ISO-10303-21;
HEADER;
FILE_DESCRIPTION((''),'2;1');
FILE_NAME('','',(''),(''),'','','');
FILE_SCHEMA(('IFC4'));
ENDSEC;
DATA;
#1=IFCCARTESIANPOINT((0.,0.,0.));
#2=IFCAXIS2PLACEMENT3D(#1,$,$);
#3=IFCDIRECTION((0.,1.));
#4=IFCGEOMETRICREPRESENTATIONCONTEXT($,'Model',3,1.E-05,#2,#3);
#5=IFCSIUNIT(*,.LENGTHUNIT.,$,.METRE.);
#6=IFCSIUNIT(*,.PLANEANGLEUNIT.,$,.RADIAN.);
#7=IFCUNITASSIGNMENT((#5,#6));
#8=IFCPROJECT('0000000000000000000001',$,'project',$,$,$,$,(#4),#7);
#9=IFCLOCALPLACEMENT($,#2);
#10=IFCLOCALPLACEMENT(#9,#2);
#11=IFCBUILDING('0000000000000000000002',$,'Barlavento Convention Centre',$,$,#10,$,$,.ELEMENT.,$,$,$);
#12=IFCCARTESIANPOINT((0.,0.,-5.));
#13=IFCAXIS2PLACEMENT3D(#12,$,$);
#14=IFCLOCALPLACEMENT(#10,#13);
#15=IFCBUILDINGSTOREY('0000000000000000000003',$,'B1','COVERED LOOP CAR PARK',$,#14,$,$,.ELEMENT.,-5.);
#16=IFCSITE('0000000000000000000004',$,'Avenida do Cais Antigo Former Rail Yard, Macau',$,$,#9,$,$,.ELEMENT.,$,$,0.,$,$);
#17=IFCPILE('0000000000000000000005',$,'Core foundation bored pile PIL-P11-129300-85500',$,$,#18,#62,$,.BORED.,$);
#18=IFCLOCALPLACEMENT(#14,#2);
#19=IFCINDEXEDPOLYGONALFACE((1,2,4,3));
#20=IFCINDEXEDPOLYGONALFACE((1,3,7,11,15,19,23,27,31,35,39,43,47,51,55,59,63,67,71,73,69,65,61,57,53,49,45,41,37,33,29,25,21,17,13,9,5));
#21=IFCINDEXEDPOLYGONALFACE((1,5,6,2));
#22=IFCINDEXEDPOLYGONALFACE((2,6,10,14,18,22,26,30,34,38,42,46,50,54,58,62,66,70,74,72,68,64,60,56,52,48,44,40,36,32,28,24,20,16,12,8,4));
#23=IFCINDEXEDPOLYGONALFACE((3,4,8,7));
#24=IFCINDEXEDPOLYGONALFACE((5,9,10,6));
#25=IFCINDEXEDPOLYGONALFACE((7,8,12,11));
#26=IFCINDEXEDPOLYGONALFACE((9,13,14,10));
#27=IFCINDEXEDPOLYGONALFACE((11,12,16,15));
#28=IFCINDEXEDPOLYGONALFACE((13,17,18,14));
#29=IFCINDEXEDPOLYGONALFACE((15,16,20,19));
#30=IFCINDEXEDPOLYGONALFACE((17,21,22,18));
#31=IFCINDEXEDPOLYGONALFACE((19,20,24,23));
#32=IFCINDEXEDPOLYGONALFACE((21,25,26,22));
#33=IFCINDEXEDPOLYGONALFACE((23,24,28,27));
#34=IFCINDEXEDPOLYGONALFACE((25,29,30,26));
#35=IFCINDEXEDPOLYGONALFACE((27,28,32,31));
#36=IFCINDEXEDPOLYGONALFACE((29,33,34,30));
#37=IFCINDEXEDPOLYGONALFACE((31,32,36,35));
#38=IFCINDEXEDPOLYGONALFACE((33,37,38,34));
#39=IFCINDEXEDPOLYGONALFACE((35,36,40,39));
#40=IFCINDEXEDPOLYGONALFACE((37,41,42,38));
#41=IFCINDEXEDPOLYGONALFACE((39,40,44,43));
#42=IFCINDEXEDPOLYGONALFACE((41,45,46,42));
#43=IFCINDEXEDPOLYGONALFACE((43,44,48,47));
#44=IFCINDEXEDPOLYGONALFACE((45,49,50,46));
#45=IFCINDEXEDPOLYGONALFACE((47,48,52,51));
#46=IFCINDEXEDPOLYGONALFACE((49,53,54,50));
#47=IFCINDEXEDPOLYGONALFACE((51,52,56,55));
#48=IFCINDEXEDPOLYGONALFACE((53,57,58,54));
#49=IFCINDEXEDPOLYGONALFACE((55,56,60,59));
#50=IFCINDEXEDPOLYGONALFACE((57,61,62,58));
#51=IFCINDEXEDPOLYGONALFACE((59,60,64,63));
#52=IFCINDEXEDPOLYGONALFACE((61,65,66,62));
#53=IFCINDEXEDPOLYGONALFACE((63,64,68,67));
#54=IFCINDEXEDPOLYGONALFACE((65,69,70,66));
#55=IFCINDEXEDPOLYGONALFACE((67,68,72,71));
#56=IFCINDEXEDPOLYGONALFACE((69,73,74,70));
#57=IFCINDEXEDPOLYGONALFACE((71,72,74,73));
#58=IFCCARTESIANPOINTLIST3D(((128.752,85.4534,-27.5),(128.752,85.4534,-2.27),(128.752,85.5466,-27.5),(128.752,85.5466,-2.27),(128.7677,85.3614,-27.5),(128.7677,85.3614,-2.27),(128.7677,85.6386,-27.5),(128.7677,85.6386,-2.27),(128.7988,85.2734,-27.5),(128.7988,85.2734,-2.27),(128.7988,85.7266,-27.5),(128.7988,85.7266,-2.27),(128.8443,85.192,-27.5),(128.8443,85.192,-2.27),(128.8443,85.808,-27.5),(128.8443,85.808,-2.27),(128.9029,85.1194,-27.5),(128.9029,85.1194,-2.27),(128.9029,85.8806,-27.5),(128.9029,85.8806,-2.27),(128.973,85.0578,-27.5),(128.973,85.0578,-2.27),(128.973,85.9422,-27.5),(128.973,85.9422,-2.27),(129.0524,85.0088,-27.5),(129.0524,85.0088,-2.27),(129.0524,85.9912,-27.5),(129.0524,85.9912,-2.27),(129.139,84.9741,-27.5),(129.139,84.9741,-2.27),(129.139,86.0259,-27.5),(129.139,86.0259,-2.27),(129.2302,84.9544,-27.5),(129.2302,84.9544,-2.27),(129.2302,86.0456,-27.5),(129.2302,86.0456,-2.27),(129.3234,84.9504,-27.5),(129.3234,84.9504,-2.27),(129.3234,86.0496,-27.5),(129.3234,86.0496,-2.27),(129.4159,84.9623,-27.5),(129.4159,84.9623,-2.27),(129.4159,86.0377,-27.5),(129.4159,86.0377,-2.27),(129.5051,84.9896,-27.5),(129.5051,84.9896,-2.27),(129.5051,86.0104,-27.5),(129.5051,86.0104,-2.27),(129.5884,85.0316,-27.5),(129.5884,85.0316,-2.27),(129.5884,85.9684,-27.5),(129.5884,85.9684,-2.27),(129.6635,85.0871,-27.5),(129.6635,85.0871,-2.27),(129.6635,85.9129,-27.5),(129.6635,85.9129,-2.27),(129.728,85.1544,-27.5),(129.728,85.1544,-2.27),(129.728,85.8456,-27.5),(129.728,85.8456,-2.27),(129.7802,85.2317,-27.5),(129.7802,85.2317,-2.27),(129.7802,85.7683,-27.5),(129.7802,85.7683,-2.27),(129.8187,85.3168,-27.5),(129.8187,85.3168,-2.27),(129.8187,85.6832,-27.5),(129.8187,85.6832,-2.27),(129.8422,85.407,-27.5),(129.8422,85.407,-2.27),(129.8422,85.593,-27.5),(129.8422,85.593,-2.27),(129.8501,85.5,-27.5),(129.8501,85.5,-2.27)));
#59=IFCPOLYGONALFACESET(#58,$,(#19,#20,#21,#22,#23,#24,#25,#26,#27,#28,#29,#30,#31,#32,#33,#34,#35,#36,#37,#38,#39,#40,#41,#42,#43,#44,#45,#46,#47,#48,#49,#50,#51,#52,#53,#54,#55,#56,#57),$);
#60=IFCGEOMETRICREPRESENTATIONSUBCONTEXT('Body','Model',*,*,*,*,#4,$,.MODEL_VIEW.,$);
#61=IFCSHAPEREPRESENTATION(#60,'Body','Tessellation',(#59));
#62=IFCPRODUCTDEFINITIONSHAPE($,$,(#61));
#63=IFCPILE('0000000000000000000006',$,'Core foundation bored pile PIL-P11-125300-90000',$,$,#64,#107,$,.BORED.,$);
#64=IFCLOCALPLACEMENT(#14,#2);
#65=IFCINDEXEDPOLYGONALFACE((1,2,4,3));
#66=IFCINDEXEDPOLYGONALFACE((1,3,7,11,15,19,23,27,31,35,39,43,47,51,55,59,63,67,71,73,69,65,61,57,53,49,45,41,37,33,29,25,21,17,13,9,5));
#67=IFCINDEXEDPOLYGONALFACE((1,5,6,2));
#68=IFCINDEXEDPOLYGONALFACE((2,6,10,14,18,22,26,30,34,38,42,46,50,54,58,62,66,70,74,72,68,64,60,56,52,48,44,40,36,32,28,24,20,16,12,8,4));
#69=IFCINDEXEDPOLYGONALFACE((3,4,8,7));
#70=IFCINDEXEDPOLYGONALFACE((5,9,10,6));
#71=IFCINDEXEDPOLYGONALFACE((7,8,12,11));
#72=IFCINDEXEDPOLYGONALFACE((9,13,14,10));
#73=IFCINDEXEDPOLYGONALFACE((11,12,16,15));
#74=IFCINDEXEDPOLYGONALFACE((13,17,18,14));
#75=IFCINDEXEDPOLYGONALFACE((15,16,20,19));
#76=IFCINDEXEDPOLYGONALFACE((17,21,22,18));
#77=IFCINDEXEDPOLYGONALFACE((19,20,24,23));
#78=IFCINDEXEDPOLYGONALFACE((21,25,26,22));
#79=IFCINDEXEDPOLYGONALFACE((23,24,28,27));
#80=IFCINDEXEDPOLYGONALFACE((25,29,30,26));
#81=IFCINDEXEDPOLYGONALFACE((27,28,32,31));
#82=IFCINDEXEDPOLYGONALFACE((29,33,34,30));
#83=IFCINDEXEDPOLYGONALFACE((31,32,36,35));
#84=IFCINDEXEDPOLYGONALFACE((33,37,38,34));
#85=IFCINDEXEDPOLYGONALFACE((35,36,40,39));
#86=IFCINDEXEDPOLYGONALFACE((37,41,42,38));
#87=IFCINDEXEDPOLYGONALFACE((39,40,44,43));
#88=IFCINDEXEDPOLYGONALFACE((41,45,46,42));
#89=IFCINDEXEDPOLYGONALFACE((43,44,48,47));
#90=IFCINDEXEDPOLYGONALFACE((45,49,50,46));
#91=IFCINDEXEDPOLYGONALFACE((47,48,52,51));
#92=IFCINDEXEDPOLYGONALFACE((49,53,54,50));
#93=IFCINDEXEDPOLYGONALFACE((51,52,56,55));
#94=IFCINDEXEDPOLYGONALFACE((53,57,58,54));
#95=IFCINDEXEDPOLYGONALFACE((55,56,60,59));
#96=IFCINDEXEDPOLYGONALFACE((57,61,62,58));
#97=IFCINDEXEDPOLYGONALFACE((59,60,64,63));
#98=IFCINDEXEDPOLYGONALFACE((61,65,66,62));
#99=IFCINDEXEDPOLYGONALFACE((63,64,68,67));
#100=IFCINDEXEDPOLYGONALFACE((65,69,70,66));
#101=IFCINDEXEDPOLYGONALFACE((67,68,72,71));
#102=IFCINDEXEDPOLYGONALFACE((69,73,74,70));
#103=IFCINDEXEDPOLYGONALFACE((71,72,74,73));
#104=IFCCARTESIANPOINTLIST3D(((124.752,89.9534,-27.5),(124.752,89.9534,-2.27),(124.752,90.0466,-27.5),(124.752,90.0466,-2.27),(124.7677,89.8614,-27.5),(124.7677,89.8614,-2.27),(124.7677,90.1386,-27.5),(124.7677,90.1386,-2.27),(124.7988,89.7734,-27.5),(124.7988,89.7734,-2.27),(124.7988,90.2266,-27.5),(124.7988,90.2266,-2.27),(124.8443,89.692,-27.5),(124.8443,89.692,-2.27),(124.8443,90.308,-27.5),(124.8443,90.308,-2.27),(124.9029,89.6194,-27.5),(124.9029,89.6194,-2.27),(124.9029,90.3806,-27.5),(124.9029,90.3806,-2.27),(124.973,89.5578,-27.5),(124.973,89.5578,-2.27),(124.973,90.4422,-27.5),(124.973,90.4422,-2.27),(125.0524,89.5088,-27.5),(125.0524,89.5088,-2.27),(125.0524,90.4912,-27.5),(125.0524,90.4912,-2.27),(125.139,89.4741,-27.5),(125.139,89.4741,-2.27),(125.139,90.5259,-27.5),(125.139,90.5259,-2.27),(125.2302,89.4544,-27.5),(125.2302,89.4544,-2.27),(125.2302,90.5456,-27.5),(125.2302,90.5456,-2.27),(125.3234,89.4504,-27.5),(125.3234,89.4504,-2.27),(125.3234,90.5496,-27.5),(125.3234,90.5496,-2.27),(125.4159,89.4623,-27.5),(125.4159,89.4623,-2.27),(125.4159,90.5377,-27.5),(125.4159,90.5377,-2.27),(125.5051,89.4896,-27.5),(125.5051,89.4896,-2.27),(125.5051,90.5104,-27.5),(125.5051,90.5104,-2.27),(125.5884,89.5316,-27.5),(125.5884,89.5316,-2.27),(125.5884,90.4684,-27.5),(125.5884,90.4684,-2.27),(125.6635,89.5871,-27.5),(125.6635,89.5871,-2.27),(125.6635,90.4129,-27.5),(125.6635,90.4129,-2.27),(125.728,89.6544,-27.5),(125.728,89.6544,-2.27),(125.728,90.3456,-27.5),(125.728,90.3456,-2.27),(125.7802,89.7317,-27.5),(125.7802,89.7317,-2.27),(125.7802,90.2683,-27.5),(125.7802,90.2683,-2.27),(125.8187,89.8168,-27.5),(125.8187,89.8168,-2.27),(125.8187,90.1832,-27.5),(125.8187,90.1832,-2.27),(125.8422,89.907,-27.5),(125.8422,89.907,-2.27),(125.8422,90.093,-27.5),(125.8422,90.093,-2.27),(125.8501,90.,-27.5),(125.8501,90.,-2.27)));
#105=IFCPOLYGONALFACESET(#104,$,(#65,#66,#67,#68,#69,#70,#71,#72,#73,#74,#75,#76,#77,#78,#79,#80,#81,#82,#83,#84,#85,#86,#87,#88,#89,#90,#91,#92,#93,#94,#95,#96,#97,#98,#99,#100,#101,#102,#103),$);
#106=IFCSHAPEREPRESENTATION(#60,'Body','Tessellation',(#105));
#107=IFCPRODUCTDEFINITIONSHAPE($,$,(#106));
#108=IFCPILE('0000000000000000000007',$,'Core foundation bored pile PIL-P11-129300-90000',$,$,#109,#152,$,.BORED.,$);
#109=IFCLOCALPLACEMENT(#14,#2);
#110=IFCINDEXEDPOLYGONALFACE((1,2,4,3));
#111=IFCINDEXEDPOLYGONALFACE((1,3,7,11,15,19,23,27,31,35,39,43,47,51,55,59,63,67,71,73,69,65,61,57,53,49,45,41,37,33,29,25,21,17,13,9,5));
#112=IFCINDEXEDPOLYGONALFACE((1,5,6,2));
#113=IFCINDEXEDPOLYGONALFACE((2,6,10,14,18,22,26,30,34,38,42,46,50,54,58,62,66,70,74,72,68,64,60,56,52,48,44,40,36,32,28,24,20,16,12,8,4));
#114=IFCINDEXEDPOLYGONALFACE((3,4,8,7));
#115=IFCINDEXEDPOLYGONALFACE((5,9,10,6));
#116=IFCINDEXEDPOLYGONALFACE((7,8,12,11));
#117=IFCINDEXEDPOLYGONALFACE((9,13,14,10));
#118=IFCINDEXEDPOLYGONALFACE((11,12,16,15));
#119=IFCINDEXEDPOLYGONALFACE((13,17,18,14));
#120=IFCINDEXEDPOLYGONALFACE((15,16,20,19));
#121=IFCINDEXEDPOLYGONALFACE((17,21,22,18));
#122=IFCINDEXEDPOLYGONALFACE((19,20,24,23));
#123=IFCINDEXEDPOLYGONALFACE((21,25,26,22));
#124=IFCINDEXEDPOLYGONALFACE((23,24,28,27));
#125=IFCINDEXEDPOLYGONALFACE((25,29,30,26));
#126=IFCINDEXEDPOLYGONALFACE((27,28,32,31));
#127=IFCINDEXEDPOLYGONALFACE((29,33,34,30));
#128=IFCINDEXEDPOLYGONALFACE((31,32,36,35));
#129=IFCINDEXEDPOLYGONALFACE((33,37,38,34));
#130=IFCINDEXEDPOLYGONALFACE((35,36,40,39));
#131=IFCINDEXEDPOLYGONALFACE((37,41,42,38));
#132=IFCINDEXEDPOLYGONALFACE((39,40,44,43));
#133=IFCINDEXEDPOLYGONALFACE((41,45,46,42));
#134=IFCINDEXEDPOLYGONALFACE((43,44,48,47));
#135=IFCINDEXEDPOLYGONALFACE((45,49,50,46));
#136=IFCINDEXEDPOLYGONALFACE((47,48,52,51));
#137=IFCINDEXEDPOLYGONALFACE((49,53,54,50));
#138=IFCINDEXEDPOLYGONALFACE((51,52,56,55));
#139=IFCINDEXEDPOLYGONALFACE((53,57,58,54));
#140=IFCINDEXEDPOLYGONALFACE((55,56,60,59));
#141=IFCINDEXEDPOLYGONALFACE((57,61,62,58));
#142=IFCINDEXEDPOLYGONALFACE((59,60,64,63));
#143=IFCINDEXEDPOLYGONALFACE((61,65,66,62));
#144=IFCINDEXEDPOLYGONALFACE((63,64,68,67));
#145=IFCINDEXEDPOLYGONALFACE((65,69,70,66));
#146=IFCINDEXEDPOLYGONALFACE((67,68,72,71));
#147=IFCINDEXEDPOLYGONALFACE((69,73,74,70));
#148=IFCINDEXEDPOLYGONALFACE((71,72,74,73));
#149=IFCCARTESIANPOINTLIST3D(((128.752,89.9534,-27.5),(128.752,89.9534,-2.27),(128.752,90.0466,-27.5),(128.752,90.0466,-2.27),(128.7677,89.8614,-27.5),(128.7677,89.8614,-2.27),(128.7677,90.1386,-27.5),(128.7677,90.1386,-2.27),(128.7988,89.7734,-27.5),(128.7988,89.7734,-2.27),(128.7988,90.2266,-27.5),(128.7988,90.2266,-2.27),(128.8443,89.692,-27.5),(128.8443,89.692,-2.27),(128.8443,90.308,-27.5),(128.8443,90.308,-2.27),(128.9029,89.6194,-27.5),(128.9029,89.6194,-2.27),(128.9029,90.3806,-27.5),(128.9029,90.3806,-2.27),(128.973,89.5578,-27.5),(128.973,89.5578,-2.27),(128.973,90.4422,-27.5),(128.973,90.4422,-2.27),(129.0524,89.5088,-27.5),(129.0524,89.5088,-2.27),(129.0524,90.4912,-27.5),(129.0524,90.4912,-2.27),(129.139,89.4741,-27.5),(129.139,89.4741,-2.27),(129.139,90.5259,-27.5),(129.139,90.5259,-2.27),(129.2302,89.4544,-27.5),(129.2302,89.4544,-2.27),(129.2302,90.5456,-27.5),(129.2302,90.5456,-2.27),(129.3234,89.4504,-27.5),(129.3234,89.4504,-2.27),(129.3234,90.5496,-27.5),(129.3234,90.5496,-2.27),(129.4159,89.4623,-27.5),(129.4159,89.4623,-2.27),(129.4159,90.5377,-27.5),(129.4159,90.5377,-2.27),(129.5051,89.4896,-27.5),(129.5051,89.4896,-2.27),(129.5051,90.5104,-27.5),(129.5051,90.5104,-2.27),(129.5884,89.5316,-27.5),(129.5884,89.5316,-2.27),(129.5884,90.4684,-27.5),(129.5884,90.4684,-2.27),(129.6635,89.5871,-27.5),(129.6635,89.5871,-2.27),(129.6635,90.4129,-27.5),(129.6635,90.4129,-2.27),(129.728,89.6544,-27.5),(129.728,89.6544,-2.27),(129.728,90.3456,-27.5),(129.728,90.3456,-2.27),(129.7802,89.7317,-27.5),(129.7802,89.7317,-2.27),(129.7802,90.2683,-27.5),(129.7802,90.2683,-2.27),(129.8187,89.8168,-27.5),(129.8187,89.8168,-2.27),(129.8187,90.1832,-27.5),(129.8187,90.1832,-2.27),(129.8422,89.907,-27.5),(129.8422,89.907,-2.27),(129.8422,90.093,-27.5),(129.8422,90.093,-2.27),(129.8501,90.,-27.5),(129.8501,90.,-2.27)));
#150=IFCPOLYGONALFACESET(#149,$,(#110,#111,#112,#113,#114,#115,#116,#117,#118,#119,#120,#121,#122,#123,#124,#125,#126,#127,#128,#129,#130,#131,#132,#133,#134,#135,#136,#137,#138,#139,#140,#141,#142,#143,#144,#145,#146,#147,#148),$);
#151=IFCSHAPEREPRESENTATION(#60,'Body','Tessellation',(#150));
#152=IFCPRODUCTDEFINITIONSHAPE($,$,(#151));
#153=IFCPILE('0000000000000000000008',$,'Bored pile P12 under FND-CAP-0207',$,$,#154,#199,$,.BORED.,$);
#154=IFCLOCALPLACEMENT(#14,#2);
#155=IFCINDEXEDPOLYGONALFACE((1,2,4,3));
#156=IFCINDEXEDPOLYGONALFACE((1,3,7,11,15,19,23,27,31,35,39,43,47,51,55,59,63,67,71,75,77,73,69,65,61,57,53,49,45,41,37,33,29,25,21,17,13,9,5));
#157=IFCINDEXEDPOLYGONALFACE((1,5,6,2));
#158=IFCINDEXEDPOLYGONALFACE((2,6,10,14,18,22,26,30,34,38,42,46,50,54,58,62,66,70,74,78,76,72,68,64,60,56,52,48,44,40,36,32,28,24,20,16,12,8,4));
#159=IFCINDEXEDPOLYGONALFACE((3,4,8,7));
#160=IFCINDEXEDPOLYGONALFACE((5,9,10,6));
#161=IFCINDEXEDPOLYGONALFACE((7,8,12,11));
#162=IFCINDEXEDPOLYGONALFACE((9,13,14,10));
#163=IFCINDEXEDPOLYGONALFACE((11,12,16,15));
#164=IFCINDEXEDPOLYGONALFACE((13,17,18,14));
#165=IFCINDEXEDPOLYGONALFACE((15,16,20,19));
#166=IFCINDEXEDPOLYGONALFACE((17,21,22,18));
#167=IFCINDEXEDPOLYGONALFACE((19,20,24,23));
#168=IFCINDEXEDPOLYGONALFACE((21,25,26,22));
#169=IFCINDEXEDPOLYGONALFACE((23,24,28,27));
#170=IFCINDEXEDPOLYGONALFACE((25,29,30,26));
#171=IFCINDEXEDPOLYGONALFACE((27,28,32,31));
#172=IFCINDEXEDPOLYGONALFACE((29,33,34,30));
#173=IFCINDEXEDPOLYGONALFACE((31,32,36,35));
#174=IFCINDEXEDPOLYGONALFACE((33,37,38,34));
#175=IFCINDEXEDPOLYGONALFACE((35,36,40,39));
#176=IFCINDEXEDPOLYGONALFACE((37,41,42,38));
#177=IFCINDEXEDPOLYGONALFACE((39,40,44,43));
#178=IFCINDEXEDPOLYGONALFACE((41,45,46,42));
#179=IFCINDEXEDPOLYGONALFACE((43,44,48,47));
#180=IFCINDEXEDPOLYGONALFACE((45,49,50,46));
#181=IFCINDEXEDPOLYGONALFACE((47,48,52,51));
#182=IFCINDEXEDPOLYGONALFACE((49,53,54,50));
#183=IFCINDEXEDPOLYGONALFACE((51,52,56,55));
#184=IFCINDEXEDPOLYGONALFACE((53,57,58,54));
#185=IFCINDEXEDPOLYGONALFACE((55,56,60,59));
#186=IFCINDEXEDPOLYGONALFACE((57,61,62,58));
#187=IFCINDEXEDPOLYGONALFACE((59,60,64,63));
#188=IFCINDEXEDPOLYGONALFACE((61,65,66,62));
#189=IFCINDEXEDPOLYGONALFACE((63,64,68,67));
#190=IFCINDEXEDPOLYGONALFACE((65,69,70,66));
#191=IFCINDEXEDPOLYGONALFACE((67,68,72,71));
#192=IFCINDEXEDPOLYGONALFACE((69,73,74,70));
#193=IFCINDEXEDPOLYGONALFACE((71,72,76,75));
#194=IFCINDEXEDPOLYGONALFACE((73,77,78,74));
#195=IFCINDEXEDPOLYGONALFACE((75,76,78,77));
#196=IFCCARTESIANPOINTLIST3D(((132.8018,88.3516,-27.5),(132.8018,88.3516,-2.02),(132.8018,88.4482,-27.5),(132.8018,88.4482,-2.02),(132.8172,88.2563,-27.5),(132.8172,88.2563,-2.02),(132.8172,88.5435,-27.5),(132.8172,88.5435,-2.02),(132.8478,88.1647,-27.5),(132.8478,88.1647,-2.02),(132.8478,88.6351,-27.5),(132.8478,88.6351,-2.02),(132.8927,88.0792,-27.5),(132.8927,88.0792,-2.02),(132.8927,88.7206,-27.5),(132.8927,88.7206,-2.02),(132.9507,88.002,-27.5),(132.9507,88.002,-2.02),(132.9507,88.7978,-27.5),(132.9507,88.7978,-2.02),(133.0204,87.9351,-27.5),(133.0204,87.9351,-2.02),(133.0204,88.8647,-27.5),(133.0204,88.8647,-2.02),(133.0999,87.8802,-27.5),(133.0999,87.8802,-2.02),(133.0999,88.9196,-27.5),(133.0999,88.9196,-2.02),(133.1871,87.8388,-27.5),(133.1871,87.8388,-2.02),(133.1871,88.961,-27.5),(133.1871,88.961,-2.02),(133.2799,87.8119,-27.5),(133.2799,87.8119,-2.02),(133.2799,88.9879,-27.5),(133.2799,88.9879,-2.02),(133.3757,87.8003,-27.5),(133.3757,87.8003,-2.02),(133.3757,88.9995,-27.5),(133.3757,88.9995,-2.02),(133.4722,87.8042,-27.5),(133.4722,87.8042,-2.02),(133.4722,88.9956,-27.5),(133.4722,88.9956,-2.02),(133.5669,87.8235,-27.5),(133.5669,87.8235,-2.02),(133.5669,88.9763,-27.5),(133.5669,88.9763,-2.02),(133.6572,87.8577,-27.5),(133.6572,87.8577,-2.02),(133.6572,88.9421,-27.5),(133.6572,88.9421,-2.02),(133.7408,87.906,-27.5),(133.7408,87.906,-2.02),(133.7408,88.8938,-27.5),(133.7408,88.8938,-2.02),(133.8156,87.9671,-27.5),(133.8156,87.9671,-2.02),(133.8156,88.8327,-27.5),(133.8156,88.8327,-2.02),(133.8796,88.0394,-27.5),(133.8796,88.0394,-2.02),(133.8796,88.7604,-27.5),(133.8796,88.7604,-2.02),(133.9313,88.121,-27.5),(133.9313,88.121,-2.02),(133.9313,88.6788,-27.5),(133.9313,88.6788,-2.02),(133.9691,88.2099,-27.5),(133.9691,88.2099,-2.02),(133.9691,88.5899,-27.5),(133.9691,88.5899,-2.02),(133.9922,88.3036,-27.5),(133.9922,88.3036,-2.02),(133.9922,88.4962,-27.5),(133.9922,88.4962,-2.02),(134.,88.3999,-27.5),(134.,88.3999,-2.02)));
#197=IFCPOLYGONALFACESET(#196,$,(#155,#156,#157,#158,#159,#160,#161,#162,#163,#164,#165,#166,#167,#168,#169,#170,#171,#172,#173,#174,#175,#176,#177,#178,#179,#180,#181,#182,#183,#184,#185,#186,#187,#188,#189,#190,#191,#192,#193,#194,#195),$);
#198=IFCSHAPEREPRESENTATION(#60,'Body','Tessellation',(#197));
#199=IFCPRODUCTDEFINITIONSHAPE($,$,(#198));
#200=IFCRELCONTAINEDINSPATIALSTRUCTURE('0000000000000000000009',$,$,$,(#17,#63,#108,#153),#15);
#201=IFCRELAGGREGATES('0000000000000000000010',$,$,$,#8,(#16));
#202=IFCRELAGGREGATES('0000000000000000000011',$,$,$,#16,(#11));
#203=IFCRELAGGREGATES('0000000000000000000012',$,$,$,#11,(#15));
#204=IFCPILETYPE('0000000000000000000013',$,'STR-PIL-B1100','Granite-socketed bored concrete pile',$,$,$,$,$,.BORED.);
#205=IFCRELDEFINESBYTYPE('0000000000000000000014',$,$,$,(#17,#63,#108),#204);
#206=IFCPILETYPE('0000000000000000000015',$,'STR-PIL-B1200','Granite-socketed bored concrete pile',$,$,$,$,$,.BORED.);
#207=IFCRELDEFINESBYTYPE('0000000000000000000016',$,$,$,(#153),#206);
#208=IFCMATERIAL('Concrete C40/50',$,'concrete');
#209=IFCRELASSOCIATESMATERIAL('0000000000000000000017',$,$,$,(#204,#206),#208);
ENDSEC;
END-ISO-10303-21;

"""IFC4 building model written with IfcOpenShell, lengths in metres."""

from ifc_helpers import new_model, si_unit, direction, frame, origin, origin_2d, place, context, subcontext, project, spatial, circle, extrude, material, material_profile, profile_set, type_object, element, save


model = new_model("IFC4")

# Units and contexts
model_context = context("Model", 3, precision=1e-05, world=origin(), true_north=direction((0.0, 1.0)))
body_context = subcontext(model_context, "Body", "Model", "MODEL_VIEW")
ifc_project = project(units=[si_unit("LENGTHUNIT", "METRE"), si_unit("PLANEANGLEUNIT", "RADIAN")], contexts=[model_context])

# Site, building, storey
site_placement = place(None, origin())
site = spatial("IfcSite", under=ifc_project, at=site_placement, Name="Avenida do Cais Antigo Former Rail Yard, Macau", CompositionType="ELEMENT", RefElevation=0.0)
building_placement = place(site_placement, origin())
building = spatial("IfcBuilding", under=site, at=building_placement, Name="Barlavento Convention Centre", CompositionType="ELEMENT")
storey_placement = place(building_placement, frame((0.0, 0.0, -5.0)))
storey = spatial("IfcBuildingStorey", under=building, at=storey_placement, Name="B1", Description="COVERED LOOP CAR PARK", CompositionType="ELEMENT", Elevation=-5.0)

# Shared definitions
ifc_material_1 = material(Name="Concrete C40/50", Category="concrete")

# Piles
ifc_material_profile_1 = material_profile(ifc_material_1, circle(Radius=0.55, at=origin_2d()), Name="BORED PILE 1100")
ifc_profile_set_1 = profile_set([ifc_material_profile_1], Name="Concrete C40/50")
pile_type_1 = type_object("IfcPileType", Name="STR-PIL-B1100", Description="Granite-socketed bored concrete pile", PredefinedType="BORED", material=ifc_profile_set_1)
for number, where, z_axis, x_axis, name in (
    (1, (129.3, 85.5, -2.27), (0.0, 0.0, -1.0), (1.0, 0.0, 0.0), "Core foundation bored pile PIL-P11-129300-85500"),
    (2, (125.3, 90.0, -2.27), (0.0, 0.0, -1.0), (1.0, 0.0, 0.0), "Core foundation bored pile PIL-P11-125300-90000"),
    (3, (129.3, 90.0, -2.27), (0.0, 0.0, -1.0), (1.0, 0.0, 0.0), "Core foundation bored pile PIL-P11-129300-90000"),
):
    element("IfcPile", number, at=place(storey_placement, frame(where, z_axis=z_axis, x_axis=x_axis)), inside=storey, type_object=pile_type_1, Name=name, PredefinedType="BORED", context=body_context, shape_type="SweptSolid", body=[
        extrude(circle(Radius=0.55, at=origin_2d()), origin(), (0.0, 0.0, 1.0), 25.23),
    ])
ifc_material_profile_2 = material_profile(ifc_material_1, circle(Radius=0.6001, at=origin_2d()), Name="BORED PILE 1200")
ifc_profile_set_2 = profile_set([ifc_material_profile_2], Name="Concrete C40/50")
pile_type_2 = type_object("IfcPileType", Name="STR-PIL-B1200", Description="Granite-socketed bored concrete pile", PredefinedType="BORED", material=ifc_profile_set_2)
for number, where, z_axis, x_axis, name in (
    (4, (133.3999, 88.3999, -2.02), (0.0, 0.0, -1.0), (1.0, 0.0, 0.0), "Bored pile P12 under FND-CAP-0207"),
):
    element("IfcPile", number, at=place(storey_placement, frame(where, z_axis=z_axis, x_axis=x_axis)), inside=storey, type_object=pile_type_2, Name=name, PredefinedType="BORED", context=body_context, shape_type="SweptSolid", body=[
        extrude(circle(Radius=0.6001, at=origin_2d()), origin(), (0.0, 0.0, 1.0), 25.48),
    ])

save(model, "model.ifc")
